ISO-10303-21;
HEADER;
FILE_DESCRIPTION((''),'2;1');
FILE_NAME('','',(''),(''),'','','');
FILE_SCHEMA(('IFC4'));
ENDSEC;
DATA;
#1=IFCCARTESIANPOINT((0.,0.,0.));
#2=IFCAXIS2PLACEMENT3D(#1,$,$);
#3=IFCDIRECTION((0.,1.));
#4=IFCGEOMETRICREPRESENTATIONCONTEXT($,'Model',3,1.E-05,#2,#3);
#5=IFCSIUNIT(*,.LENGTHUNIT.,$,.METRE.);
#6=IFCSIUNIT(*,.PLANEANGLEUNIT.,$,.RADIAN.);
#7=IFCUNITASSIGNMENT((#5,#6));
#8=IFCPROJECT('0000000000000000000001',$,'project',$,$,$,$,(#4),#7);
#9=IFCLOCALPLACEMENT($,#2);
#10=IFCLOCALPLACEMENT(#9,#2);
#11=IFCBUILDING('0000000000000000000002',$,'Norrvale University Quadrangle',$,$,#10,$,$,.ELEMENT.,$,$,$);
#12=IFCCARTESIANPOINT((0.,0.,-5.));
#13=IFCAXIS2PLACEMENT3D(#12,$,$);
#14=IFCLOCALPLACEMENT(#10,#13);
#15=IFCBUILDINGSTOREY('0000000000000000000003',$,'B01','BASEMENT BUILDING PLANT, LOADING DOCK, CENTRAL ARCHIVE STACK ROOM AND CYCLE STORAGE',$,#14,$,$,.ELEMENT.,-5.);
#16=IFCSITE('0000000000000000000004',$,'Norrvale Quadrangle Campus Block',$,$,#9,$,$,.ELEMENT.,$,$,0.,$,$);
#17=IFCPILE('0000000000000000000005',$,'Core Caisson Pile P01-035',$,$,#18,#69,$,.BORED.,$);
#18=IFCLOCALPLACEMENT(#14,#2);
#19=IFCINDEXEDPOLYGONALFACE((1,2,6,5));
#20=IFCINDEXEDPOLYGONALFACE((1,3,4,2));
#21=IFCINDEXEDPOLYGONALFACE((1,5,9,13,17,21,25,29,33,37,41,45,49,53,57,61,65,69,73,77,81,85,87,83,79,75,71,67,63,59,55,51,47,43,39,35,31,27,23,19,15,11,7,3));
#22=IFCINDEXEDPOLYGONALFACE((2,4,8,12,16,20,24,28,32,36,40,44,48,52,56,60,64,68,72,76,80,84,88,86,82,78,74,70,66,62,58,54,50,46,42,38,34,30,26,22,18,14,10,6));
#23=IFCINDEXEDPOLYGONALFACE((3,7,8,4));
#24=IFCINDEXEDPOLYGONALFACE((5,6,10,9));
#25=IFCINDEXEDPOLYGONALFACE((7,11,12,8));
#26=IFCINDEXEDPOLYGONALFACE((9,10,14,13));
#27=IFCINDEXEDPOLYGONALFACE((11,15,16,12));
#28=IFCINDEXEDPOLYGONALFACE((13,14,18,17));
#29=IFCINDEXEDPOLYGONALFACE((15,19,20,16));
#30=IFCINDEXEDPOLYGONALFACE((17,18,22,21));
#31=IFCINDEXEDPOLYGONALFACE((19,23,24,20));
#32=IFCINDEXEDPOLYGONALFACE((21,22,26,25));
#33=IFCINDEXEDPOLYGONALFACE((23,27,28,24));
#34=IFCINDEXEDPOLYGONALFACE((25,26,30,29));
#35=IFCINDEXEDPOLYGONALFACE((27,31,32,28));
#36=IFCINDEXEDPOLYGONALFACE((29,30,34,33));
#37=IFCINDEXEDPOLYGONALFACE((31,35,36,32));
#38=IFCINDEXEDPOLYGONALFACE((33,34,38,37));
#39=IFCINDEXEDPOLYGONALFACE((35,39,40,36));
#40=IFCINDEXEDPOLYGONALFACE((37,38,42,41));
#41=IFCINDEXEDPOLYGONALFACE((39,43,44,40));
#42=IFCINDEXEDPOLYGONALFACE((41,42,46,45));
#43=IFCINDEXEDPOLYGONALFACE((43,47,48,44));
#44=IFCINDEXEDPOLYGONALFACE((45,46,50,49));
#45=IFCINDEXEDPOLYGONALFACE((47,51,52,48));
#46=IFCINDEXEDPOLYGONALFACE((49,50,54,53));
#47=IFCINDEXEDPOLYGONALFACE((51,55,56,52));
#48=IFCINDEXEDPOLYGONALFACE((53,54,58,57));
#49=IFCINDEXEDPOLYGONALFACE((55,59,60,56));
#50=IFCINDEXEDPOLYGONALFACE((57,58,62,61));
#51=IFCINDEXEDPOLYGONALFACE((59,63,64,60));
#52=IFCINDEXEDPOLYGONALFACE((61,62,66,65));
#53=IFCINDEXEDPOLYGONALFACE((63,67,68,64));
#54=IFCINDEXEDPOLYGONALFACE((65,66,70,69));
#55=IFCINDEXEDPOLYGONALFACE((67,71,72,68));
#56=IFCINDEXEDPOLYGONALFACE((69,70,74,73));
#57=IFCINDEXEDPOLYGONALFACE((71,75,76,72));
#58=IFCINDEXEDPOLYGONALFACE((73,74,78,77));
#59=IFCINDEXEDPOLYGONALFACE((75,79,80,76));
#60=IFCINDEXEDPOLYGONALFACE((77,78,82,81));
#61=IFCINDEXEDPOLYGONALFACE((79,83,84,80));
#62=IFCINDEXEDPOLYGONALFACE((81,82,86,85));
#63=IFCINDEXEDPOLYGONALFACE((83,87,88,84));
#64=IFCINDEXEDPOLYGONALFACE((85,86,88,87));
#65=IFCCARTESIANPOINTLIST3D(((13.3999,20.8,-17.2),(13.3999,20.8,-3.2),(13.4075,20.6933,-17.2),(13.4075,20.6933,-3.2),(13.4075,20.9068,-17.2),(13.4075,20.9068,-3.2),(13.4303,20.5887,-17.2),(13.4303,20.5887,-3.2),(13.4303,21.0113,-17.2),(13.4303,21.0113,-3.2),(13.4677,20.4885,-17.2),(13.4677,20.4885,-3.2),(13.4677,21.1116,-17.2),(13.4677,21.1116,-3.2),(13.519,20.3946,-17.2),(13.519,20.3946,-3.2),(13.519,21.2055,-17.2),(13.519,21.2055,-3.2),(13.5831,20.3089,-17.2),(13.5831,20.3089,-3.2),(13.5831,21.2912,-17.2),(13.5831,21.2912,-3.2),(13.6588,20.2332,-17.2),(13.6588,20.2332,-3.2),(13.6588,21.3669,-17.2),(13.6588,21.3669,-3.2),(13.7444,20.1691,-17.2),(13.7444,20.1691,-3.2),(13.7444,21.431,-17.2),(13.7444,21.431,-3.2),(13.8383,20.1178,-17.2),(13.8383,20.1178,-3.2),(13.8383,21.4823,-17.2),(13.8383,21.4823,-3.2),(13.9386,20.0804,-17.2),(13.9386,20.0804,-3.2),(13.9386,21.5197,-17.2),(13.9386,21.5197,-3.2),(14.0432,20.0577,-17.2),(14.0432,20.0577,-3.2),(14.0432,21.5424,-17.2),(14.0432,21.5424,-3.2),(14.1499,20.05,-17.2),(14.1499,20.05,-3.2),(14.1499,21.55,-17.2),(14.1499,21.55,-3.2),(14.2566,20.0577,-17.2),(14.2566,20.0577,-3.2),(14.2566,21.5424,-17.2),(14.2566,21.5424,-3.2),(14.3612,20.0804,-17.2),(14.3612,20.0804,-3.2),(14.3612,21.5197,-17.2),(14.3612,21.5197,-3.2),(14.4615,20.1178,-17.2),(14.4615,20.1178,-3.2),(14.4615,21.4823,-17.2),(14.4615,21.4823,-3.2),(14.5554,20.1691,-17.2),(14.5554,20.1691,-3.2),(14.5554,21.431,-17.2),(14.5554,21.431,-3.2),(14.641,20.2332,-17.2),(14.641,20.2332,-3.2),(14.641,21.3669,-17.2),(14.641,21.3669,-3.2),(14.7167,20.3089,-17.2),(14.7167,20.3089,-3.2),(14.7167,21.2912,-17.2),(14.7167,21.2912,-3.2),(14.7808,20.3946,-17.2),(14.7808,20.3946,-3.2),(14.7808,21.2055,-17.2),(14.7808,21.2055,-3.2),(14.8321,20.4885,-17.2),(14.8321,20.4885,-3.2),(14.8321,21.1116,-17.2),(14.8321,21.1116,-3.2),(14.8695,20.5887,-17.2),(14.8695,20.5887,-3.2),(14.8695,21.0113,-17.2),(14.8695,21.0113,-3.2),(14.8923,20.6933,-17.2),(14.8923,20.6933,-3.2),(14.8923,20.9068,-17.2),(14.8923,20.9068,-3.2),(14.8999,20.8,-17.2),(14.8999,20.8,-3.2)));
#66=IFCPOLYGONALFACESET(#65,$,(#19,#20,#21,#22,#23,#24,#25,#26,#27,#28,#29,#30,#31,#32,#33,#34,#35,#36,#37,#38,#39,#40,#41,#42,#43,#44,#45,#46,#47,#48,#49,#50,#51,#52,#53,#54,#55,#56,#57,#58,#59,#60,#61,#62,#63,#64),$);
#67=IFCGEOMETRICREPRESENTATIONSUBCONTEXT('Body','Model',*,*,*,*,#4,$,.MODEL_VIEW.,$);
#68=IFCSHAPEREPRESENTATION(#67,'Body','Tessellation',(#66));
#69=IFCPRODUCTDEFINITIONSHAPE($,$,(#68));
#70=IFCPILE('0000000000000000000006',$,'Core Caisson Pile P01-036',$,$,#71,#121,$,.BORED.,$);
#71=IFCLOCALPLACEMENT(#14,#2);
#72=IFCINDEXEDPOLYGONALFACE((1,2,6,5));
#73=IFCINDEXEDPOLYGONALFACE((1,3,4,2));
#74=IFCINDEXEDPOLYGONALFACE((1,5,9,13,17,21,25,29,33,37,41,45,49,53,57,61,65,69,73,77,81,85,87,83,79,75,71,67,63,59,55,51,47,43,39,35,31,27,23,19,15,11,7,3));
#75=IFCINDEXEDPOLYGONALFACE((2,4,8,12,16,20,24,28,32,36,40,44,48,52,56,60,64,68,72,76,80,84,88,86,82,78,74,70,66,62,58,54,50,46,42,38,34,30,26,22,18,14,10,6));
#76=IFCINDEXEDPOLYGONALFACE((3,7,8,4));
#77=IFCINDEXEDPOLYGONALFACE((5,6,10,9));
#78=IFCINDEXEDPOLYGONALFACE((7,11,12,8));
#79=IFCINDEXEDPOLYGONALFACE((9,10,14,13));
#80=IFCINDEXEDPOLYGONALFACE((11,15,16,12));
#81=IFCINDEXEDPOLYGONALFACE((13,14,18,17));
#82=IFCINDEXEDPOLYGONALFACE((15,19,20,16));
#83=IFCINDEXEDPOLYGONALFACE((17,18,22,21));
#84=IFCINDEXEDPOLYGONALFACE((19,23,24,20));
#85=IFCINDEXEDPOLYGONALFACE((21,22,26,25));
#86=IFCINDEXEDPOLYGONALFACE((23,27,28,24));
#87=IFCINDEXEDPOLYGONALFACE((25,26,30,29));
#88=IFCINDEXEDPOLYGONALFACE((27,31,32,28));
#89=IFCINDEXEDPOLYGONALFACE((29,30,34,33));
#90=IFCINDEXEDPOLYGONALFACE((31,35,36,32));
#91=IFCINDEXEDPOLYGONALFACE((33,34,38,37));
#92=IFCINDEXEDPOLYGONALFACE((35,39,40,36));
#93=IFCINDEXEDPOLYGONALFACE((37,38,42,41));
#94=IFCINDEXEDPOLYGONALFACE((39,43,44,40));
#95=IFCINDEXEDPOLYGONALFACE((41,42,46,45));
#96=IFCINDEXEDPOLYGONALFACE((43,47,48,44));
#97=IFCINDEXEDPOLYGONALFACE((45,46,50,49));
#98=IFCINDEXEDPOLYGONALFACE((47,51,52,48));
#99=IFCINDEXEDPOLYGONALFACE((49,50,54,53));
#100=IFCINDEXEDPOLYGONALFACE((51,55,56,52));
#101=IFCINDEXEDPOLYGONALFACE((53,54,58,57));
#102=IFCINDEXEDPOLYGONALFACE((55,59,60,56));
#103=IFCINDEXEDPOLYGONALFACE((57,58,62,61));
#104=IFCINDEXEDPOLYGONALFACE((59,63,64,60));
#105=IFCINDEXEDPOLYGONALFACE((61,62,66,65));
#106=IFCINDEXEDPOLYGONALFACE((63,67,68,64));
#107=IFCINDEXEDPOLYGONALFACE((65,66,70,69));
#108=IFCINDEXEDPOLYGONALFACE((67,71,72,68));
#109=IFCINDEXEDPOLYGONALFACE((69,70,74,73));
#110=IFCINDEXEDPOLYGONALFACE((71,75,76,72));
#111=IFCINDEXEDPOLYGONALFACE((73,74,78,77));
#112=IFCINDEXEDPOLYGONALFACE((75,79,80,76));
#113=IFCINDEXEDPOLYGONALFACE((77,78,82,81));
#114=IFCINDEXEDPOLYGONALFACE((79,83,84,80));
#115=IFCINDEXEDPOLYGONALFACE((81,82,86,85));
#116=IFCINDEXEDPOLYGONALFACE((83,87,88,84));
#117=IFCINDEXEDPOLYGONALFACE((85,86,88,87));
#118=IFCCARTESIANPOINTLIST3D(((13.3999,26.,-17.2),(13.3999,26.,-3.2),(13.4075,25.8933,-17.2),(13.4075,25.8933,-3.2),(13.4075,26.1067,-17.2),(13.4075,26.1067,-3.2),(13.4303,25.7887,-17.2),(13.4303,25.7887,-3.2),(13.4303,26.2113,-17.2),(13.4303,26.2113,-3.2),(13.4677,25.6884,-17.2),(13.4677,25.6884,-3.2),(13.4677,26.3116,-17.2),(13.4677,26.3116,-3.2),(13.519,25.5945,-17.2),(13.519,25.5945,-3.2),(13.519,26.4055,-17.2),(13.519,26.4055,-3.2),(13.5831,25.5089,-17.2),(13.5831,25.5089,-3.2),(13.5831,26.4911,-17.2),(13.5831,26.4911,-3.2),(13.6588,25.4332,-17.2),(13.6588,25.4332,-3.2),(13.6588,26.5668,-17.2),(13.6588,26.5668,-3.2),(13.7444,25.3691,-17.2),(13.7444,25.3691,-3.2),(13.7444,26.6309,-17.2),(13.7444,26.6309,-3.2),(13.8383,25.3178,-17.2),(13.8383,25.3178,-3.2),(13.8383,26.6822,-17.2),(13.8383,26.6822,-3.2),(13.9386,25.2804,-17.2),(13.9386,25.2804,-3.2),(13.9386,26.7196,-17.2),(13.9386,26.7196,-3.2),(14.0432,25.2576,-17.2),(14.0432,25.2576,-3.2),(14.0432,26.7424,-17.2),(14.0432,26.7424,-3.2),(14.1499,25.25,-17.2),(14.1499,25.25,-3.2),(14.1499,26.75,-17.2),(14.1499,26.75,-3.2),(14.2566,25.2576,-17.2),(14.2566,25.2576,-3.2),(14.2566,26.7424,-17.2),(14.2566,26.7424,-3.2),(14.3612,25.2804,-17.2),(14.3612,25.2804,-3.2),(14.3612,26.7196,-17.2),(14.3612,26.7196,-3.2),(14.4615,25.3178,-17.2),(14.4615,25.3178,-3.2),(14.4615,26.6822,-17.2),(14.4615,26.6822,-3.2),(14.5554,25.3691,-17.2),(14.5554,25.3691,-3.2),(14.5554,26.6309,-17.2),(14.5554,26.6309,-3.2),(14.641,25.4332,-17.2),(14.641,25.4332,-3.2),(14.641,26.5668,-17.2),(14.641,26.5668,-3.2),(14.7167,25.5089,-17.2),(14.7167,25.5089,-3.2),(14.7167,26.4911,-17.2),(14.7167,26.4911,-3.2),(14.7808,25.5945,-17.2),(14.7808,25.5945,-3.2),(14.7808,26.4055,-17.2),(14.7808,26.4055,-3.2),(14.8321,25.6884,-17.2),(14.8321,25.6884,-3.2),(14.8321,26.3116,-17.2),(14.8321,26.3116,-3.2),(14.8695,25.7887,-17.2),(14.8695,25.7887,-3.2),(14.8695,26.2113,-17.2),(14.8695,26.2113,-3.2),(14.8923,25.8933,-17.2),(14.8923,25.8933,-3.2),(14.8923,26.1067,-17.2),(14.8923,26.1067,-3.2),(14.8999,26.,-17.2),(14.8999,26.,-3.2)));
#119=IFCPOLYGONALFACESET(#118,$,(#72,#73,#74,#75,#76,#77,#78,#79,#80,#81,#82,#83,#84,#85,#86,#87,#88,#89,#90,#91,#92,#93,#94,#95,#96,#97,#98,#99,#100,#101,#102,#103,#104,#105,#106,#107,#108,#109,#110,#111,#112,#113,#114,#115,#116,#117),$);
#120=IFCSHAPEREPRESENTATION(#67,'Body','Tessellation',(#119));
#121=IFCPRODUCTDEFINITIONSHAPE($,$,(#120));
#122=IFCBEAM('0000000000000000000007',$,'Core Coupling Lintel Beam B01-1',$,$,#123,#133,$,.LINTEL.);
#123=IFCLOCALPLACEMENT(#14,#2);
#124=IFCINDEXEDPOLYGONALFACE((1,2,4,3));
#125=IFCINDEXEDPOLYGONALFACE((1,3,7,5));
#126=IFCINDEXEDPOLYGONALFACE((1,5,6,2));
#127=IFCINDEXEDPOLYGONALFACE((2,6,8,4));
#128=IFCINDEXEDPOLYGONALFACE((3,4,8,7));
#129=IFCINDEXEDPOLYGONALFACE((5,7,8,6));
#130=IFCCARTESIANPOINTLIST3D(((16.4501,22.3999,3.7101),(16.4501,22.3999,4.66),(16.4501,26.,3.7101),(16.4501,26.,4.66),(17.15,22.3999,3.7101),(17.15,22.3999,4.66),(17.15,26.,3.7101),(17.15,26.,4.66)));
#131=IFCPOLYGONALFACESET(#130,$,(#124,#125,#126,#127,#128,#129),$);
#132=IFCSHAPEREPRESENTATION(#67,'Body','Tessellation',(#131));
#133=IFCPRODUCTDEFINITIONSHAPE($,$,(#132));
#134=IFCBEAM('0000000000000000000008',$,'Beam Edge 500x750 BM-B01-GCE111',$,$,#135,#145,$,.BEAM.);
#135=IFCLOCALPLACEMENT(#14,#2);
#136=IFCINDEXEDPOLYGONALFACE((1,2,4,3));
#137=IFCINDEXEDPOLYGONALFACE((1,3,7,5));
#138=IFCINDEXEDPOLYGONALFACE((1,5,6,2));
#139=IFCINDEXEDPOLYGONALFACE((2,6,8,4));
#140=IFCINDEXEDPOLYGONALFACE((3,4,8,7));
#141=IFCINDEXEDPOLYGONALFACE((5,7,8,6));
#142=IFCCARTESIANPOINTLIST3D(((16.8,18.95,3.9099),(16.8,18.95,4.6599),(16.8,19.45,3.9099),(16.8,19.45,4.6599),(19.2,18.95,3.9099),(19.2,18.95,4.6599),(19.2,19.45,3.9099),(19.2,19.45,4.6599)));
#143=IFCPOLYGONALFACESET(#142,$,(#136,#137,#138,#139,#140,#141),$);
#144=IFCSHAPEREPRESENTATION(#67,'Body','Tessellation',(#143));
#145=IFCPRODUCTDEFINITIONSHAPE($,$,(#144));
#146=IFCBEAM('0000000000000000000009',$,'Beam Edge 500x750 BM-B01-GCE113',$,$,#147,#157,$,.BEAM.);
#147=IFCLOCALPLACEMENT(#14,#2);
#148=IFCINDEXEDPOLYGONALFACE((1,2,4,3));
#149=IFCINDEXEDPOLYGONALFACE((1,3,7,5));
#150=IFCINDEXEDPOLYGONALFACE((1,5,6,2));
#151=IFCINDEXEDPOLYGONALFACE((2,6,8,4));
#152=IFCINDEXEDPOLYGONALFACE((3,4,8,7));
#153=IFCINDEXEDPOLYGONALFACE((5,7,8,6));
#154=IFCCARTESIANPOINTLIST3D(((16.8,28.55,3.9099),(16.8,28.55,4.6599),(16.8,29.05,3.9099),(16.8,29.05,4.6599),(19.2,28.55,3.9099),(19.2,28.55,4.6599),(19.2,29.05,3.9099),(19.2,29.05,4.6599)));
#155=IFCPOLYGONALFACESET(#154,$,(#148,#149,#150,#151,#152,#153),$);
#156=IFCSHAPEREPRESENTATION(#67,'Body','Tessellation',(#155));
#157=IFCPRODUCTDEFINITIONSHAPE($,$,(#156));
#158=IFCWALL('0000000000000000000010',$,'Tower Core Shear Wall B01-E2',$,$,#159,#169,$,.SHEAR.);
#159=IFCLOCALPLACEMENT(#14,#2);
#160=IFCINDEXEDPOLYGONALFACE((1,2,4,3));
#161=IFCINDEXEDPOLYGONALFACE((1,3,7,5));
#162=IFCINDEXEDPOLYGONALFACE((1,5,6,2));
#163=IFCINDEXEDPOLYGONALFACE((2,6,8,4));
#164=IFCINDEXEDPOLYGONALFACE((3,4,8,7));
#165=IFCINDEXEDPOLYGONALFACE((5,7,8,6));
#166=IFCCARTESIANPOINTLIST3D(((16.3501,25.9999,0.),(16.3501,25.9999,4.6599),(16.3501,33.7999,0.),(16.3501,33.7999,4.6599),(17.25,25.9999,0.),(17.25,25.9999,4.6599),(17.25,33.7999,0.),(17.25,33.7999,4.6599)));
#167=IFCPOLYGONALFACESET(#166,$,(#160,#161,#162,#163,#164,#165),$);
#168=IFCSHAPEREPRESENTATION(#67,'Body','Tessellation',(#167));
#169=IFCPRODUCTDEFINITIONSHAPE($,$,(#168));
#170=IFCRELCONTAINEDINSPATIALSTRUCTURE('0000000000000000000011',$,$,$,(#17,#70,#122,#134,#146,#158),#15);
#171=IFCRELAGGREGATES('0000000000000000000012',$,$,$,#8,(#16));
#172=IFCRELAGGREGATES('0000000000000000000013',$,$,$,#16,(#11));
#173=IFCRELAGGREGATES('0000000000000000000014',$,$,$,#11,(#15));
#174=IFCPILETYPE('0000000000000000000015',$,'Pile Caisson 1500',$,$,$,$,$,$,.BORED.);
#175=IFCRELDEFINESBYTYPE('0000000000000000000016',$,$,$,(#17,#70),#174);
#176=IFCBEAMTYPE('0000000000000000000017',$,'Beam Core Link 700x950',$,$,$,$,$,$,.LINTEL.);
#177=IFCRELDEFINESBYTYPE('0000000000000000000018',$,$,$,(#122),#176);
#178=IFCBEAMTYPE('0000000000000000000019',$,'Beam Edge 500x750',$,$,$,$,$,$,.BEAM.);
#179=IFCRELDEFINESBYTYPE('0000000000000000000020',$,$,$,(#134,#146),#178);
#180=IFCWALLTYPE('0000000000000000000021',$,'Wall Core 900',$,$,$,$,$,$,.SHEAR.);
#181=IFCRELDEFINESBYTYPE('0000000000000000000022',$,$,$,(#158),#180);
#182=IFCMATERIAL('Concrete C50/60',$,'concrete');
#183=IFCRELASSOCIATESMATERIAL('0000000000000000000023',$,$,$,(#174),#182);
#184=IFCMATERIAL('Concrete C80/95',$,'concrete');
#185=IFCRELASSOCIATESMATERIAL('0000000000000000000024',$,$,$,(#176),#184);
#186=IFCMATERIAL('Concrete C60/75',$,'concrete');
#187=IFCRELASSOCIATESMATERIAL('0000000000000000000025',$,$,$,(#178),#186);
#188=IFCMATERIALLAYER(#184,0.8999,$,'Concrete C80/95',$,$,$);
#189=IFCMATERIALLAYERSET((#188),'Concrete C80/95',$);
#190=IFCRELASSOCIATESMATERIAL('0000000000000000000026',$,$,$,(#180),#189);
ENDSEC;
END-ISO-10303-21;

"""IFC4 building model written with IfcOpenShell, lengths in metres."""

from ifc_helpers import new_model, si_unit, direction, frame, frame_2d, origin, origin_2d, place, context, subcontext, project, spatial, rectangle, circle, extrude, material, layer, layer_set, material_profile, profile_set, type_object, element, save


model = new_model("IFC4")

# Units and contexts
model_context = context("Model", 3, precision=1e-05, world=origin(), true_north=direction((0.0, 1.0)))
body_context = subcontext(model_context, "Body", "Model", "MODEL_VIEW")
ifc_project = project(units=[si_unit("LENGTHUNIT", "METRE"), si_unit("PLANEANGLEUNIT", "RADIAN")], contexts=[model_context])

# Site, building, storey
site_placement = place(None, origin())
site = spatial("IfcSite", under=ifc_project, at=site_placement, Name="Norrvale Quadrangle Campus Block", CompositionType="ELEMENT", RefElevation=0.0)
building_placement = place(site_placement, origin())
building = spatial("IfcBuilding", under=site, at=building_placement, Name="Norrvale University Quadrangle", CompositionType="ELEMENT")
storey_placement = place(building_placement, frame((0.0, 0.0, -5.0)))
storey = spatial("IfcBuildingStorey", under=building, at=storey_placement, Name="B01", Description="BASEMENT BUILDING PLANT, LOADING DOCK, CENTRAL ARCHIVE STACK ROOM AND CYCLE STORAGE", CompositionType="ELEMENT", Elevation=-5.0)

# Piles
ifc_material_1 = material(Name="Concrete C50/60", Category="concrete")
ifc_material_profile_1 = material_profile(ifc_material_1, circle(Radius=0.75, at=origin_2d()), Name="Concrete C50/60")
ifc_profile_set_1 = profile_set([ifc_material_profile_1], Name="Concrete C50/60")
pile_type_1 = type_object("IfcPileType", Name="Pile Caisson 1500", PredefinedType="BORED", material=ifc_profile_set_1)
for number, where, z_axis, x_axis, name in (
    (1, (14.1499, 20.8, -3.2), (0.0, 0.0, -1.0), (1.0, 0.0, 0.0), "Core Caisson Pile P01-035"),
    (2, (14.1499, 26.0, -3.2), (0.0, 0.0, -1.0), (1.0, 0.0, 0.0), "Core Caisson Pile P01-036"),
):
    element("IfcPile", number, at=place(storey_placement, frame(where, z_axis=z_axis, x_axis=x_axis)), inside=storey, type_object=pile_type_1, Name=name, PredefinedType="BORED", context=body_context, shape_type="SweptSolid", body=[
        extrude(circle(Radius=0.75, at=origin_2d()), origin(), (0.0, 0.0, 1.0), 14.0),
    ])

# Beams
ifc_material_2 = material(Name="Concrete C80/95", Category="concrete")
ifc_material_profile_2 = material_profile(ifc_material_2, rectangle(XDim=0.7, YDim=0.95, at=origin_2d()), Name="Concrete C80/95")
ifc_profile_set_2 = profile_set([ifc_material_profile_2], Name="Concrete C80/95")
beam_type_1 = type_object("IfcBeamType", Name="Beam Core Link 700x950", PredefinedType="LINTEL", material=ifc_profile_set_2)
beam_placement = place(storey_placement, frame((16.8, 22.3999, 4.1851), z_axis=(0.0, 1.0, 0.0), x_axis=(-1.0, 0.0, 0.0)))
element("IfcBeam", 3, at=beam_placement, inside=storey, type_object=beam_type_1, Name="Core Coupling Lintel Beam B01-1", PredefinedType="LINTEL", context=body_context, shape_type="SweptSolid", body=[
    extrude(rectangle(XDim=0.7, YDim=0.95, at=origin_2d()), origin(), (0.0, 0.0, 1.0), 3.6001),
])
ifc_material_3 = material(Name="Concrete C60/75", Category="concrete")
ifc_material_profile_3 = material_profile(ifc_material_3, rectangle(XDim=0.5, YDim=0.75, at=origin_2d()), Name="Concrete C60/75")
ifc_profile_set_3 = profile_set([ifc_material_profile_3], Name="Concrete C60/75")
beam_type_2 = type_object("IfcBeamType", Name="Beam Edge 500x750", PredefinedType="BEAM", material=ifc_profile_set_3)
for number, where, z_axis, x_axis, name in (
    (4, (16.8, 19.2, 4.2849), (1.0, 0.0, 0.0), (0.0, 1.0, 0.0), "Beam Edge 500x750 BM-B01-GCE111"),
    (5, (16.8, 28.8, 4.2849), (1.0, 0.0, 0.0), (0.0, 1.0, 0.0), "Beam Edge 500x750 BM-B01-GCE113"),
):
    element("IfcBeam", number, at=place(storey_placement, frame(where, z_axis=z_axis, x_axis=x_axis)), inside=storey, type_object=beam_type_2, Name=name, PredefinedType="BEAM", context=body_context, shape_type="SweptSolid", body=[
        extrude(rectangle(XDim=0.5, YDim=0.75, at=origin_2d()), origin(), (0.0, 0.0, 1.0), 2.3999),
    ])

# Wall
ifc_layer_1 = layer(ifc_material_2, 0.8999, Name="Concrete C80/95")
ifc_layer_set_1 = layer_set([ifc_layer_1], Name="Concrete C80/95")
wall_type_1 = type_object("IfcWallType", Name="Wall Core 900", PredefinedType="SHEAR", material=ifc_layer_set_1)
wall_1_placement = place(storey_placement, frame((16.8, 26.0, 0.0), z_axis=(0.0, 0.0, 1.0), x_axis=(0.0, 1.0, 0.0)))
element("IfcWall", 6, at=wall_1_placement, inside=storey, type_object=wall_type_1, Name="Tower Core Shear Wall B01-E2", PredefinedType="SHEAR", context=body_context, shape_type="SweptSolid", body=[
    extrude(rectangle(XDim=7.8, YDim=0.8999, at=frame_2d((3.8999, 0.0))), origin(), (0.0, 0.0, 1.0), 4.6599),
])

save(model, "model.ifc")
